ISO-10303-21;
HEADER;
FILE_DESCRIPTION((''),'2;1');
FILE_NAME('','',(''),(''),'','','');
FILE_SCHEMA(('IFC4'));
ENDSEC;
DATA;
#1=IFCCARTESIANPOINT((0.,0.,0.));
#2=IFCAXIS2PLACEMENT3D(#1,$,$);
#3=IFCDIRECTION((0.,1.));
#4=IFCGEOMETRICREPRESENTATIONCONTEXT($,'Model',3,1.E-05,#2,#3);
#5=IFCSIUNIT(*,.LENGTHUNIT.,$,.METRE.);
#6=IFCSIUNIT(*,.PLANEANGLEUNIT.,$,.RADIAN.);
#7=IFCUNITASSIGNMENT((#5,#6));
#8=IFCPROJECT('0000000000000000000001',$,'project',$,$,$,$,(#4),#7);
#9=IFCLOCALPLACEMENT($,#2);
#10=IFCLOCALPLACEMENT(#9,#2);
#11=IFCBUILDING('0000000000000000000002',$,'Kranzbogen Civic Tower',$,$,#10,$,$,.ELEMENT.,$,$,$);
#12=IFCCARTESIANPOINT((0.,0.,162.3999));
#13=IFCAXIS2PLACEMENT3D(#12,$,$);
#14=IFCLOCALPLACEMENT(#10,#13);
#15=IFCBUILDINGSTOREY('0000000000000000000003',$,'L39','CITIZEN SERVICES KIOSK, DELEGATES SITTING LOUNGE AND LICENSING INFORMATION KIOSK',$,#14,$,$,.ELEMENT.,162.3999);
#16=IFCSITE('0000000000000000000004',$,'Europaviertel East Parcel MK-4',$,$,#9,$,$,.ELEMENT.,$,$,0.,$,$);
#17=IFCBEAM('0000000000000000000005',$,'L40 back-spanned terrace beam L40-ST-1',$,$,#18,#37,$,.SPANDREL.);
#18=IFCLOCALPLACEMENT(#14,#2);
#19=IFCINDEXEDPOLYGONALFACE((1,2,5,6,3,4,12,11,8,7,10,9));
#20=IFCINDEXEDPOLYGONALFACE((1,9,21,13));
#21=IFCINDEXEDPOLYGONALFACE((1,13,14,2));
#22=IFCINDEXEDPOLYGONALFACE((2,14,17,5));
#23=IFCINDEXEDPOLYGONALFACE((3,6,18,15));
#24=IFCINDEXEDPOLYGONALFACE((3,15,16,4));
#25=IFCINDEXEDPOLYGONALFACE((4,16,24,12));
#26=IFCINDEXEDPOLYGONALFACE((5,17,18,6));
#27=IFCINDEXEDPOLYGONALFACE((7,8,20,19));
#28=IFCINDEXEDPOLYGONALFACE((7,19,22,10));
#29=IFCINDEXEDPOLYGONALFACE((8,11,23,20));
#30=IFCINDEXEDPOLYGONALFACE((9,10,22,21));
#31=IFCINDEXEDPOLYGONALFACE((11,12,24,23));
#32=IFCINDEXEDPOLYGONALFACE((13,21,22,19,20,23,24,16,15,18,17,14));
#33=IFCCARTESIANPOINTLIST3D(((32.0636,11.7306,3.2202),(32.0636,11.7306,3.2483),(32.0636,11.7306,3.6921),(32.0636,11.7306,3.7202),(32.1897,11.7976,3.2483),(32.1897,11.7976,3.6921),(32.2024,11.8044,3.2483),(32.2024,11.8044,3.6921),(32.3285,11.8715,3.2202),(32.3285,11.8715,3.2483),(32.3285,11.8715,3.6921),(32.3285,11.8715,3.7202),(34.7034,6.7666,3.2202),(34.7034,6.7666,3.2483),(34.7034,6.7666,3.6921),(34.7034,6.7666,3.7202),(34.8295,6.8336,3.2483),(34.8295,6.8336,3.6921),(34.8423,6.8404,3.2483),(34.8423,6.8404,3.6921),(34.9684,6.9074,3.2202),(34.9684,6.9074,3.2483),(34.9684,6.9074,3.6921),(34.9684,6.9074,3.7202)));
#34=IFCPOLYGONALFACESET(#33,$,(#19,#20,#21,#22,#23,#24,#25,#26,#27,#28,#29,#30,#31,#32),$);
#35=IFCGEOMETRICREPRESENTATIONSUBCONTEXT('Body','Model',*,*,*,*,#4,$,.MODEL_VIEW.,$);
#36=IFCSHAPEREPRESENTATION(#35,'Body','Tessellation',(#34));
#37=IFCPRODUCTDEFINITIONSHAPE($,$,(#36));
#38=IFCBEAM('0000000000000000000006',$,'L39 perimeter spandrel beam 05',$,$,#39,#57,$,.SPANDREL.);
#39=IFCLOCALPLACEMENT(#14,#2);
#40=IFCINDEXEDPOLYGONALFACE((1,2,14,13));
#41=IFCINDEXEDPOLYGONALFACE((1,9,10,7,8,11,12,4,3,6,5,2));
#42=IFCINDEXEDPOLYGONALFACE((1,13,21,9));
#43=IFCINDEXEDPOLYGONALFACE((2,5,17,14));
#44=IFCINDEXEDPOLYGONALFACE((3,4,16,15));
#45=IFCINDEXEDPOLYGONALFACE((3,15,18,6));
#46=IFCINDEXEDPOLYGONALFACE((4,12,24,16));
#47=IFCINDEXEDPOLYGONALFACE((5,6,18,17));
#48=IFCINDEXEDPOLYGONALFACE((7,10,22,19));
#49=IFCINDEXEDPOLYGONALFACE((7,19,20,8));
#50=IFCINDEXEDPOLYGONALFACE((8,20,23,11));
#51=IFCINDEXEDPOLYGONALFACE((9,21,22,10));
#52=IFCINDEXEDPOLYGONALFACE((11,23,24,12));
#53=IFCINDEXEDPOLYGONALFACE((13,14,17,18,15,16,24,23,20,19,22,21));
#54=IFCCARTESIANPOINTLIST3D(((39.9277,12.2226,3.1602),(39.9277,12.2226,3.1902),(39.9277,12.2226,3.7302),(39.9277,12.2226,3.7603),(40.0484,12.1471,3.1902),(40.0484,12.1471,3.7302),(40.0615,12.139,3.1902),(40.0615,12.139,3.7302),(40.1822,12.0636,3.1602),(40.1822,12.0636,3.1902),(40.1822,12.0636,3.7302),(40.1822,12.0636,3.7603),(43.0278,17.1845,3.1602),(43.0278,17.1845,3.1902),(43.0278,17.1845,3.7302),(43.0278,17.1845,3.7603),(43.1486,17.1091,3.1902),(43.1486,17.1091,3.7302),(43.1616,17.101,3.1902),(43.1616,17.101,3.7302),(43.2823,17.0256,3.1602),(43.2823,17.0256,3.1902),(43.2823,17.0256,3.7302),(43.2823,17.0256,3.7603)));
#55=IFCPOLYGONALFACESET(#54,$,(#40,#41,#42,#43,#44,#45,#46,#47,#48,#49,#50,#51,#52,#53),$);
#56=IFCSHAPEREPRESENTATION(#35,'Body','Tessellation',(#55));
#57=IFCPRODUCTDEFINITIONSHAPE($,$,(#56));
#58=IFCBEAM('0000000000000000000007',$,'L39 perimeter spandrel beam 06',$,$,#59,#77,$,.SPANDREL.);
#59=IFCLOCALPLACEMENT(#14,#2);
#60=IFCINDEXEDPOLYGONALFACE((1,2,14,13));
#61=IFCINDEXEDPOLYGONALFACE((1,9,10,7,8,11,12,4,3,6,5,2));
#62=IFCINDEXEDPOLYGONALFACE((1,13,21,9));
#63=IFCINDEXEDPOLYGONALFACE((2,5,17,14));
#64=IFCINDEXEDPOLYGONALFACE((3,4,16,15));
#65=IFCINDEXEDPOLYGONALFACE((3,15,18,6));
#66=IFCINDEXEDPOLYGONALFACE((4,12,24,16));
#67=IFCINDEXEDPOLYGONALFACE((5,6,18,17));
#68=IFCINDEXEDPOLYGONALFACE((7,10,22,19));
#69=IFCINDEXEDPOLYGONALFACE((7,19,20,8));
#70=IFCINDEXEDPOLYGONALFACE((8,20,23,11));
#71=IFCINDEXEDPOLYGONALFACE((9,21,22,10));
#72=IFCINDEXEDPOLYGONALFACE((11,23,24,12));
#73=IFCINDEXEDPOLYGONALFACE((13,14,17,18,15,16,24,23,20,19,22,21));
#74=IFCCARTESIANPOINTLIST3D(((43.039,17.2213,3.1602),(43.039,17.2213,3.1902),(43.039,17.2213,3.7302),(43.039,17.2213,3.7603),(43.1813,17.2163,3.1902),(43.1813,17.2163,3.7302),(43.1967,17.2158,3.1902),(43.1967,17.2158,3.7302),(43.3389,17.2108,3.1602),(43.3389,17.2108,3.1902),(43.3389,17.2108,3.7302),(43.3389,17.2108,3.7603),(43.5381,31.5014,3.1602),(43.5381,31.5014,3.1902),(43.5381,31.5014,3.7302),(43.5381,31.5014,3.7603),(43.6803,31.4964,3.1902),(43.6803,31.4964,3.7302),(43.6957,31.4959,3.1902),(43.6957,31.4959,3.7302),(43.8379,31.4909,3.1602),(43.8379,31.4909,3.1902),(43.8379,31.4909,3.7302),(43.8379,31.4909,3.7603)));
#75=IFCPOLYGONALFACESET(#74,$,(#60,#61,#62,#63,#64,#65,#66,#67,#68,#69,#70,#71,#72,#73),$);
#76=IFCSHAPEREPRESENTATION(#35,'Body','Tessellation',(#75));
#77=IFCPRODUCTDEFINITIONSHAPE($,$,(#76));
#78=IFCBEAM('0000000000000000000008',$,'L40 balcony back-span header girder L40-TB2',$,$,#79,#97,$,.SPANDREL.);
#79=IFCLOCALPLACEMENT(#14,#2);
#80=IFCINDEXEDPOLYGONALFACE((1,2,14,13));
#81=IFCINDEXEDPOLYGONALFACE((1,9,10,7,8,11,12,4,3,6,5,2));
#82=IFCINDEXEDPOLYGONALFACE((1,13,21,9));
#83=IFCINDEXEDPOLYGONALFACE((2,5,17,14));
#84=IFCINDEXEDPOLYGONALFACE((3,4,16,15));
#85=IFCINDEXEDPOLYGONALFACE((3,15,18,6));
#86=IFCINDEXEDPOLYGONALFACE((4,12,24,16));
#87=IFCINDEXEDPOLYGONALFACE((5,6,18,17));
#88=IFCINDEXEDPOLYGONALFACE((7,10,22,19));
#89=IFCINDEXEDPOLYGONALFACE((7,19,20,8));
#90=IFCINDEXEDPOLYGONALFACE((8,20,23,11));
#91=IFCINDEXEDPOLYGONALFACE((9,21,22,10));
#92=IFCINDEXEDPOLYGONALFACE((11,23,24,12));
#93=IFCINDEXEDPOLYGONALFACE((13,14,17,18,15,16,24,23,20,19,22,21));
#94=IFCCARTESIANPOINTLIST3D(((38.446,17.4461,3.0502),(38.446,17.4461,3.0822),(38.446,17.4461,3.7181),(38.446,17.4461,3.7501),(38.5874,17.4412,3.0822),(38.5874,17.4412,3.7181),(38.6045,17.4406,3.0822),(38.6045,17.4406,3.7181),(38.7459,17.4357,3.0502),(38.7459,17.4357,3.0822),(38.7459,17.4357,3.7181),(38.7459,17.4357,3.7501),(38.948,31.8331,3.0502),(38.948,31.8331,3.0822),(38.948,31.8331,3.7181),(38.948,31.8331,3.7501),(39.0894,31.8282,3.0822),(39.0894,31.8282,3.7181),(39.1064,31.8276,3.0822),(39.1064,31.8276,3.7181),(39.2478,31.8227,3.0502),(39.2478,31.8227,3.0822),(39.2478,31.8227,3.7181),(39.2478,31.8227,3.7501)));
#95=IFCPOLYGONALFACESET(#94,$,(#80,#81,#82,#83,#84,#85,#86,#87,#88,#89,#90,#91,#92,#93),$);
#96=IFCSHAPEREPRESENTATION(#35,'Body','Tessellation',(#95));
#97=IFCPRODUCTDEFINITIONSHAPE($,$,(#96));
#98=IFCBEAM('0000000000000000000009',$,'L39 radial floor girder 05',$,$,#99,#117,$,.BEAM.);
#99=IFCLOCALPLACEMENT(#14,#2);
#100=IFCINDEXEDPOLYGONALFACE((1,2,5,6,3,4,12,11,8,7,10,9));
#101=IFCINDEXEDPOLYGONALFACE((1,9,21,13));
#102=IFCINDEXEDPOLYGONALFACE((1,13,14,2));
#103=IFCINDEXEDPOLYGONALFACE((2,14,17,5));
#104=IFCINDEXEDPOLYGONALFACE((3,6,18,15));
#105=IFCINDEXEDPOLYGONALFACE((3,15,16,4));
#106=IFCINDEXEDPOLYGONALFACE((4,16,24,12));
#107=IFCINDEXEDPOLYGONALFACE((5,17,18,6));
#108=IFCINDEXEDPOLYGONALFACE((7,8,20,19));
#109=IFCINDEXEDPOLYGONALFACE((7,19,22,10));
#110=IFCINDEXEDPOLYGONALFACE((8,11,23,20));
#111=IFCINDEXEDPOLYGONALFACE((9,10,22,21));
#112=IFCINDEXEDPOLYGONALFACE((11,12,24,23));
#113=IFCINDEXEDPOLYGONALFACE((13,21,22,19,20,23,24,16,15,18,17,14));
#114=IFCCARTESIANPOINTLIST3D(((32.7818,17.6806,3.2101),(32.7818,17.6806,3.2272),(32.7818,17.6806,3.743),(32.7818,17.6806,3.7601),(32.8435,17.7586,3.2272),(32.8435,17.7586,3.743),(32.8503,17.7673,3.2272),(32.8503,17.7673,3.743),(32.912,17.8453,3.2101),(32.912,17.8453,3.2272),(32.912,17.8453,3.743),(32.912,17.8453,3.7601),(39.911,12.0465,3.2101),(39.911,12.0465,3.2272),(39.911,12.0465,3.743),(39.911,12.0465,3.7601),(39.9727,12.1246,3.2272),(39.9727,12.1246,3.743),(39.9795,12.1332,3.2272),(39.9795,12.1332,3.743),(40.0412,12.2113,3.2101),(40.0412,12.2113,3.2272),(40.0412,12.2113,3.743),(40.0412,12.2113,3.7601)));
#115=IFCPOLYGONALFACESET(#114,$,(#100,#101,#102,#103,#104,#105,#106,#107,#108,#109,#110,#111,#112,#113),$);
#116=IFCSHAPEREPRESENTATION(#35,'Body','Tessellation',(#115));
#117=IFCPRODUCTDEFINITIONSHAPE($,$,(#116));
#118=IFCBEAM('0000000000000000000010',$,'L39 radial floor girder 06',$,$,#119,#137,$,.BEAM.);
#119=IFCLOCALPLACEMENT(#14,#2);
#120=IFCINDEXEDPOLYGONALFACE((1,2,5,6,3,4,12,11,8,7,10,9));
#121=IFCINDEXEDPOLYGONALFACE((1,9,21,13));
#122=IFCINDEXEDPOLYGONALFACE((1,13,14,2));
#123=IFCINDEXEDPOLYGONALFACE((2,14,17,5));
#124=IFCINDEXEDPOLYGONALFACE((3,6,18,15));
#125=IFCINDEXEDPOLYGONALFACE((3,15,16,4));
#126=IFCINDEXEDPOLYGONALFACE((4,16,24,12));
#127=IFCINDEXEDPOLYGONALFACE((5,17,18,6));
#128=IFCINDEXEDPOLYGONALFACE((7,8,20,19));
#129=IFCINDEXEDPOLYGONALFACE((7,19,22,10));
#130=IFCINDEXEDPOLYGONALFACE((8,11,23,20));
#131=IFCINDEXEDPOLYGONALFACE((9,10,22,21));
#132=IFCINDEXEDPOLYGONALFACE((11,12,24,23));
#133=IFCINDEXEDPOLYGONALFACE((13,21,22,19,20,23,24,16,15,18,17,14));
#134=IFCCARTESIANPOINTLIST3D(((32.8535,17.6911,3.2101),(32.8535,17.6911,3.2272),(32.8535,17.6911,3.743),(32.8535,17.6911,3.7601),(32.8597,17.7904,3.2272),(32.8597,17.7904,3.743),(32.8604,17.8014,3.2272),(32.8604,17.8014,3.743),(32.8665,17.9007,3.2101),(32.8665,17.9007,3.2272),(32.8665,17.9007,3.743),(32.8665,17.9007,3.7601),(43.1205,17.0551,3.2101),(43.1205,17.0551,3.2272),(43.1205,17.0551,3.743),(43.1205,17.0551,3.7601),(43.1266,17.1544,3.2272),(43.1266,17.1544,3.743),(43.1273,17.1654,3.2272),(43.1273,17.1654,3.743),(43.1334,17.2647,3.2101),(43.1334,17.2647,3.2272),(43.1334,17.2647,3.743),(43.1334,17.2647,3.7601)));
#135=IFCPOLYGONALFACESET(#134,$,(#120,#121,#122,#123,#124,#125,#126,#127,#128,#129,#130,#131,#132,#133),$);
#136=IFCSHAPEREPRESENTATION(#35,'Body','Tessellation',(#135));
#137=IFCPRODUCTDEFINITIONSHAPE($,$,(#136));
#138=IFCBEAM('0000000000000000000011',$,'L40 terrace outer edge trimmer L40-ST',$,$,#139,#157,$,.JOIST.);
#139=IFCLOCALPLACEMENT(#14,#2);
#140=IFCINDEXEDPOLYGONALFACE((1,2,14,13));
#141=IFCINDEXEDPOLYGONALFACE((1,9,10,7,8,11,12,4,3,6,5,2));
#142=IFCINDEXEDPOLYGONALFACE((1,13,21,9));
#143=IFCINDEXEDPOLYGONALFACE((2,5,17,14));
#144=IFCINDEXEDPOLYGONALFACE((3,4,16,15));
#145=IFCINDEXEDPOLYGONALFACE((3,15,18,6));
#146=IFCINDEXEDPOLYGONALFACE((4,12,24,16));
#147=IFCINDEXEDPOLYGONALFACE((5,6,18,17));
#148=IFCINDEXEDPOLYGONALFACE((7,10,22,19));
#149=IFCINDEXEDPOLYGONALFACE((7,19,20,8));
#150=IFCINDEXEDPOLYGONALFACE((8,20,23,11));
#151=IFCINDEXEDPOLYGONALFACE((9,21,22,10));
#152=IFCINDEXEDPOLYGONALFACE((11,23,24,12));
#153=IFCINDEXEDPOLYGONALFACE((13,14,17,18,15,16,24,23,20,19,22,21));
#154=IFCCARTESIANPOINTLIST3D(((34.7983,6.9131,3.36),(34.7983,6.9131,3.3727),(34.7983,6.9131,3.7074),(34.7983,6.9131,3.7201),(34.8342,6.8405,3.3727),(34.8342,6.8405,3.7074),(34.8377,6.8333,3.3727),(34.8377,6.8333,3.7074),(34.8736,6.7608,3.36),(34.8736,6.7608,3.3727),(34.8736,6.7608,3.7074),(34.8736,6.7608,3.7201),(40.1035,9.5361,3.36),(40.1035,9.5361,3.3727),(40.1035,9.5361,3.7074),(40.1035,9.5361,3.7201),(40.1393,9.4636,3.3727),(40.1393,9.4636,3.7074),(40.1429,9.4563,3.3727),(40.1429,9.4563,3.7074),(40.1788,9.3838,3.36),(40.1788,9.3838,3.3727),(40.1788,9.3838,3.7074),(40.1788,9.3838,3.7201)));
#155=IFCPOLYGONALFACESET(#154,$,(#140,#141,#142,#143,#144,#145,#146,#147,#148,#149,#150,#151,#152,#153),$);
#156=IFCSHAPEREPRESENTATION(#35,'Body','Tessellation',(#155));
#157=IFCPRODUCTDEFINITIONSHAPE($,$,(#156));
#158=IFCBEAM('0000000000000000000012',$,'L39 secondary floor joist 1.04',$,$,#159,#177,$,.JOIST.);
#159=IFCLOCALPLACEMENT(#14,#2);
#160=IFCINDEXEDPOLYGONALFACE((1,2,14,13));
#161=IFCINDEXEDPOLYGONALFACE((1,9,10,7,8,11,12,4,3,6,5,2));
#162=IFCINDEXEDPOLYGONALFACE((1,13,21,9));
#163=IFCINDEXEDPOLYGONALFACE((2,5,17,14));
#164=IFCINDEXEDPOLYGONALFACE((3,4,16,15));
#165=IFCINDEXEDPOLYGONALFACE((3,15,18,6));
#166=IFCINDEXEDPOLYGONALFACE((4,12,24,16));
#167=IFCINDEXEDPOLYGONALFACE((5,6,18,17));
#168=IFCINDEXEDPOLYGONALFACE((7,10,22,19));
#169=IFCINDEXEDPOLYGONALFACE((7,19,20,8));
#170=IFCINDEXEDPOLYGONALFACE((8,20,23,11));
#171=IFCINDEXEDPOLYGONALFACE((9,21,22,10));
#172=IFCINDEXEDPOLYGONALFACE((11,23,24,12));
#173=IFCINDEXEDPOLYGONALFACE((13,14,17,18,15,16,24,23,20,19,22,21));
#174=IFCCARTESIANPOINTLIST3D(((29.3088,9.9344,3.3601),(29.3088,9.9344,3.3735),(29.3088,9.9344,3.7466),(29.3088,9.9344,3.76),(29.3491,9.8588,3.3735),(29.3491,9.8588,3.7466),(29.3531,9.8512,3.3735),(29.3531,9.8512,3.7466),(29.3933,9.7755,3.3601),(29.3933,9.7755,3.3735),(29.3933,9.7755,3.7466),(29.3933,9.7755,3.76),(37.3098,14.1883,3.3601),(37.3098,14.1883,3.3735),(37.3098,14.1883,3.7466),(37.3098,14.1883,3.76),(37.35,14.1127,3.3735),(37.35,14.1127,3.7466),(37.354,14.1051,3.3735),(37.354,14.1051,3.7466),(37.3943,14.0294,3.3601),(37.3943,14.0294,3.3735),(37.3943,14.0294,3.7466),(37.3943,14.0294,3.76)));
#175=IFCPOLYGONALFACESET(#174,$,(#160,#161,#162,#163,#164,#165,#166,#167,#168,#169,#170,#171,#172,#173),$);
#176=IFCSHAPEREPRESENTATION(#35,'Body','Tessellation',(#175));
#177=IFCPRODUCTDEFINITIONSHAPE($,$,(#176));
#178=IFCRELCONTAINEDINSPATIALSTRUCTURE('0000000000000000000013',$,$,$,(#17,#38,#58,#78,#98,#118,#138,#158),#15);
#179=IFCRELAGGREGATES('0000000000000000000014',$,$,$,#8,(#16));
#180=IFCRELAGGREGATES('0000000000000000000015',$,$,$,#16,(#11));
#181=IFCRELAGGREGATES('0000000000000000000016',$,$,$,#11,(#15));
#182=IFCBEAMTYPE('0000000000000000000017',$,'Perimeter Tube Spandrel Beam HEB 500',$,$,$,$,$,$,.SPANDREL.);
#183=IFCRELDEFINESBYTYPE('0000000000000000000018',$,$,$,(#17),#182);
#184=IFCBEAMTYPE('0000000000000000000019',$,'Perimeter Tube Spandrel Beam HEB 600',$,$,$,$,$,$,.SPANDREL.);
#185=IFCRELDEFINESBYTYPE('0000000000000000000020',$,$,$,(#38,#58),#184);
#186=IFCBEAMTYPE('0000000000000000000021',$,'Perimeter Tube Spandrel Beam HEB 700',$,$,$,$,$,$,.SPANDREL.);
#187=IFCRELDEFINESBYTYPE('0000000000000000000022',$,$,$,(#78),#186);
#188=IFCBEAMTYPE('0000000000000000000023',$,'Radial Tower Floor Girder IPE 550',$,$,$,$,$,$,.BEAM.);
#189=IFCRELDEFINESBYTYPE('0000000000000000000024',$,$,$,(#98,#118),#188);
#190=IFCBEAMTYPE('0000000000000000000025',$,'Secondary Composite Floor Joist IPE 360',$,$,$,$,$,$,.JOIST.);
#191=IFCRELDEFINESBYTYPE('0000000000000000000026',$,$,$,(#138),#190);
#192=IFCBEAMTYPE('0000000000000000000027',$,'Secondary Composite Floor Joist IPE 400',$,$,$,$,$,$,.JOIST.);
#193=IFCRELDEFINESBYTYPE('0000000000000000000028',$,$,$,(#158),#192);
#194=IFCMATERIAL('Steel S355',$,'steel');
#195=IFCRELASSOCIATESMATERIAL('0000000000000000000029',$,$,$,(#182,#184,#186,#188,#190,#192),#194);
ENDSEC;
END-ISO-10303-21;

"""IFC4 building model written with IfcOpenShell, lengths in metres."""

from ifc_helpers import new_model, si_unit, direction, frame, origin, origin_2d, place, context, subcontext, project, spatial, i_section, extrude, material, material_profile, profile_set, type_object, element, save


model = new_model("IFC4")

# Units and contexts
model_context = context("Model", 3, precision=1e-05, world=origin(), true_north=direction((0.0, 1.0)))
body_context = subcontext(model_context, "Body", "Model", "MODEL_VIEW")
ifc_project = project(units=[si_unit("LENGTHUNIT", "METRE"), si_unit("PLANEANGLEUNIT", "RADIAN")], contexts=[model_context])

# Site, building, storey
site_placement = place(None, origin())
site = spatial("IfcSite", under=ifc_project, at=site_placement, Name="Europaviertel East Parcel MK-4", CompositionType="ELEMENT", RefElevation=0.0)
building_placement = place(site_placement, origin())
building = spatial("IfcBuilding", under=site, at=building_placement, Name="Kranzbogen Civic Tower", CompositionType="ELEMENT")
storey_placement = place(building_placement, frame((0.0, 0.0, 162.3999)))
storey = spatial("IfcBuildingStorey", under=building, at=storey_placement, Name="L39", Description="CITIZEN SERVICES KIOSK, DELEGATES SITTING LOUNGE AND LICENSING INFORMATION KIOSK", CompositionType="ELEMENT", Elevation=162.3999)

# Shared definitions
ifc_material_1 = material(Name="Steel S355", Category="steel")

# Beams
ifc_material_profile_1 = material_profile(ifc_material_1, i_section(OverallWidth=0.3, OverallDepth=0.5, WebThickness=0.0144, FlangeThickness=0.0281, at=origin_2d()), Name="HEB 500")
ifc_profile_set_1 = profile_set([ifc_material_profile_1], Name="Steel S355")
beam_type_1 = type_object("IfcBeamType", Name="Perimeter Tube Spandrel Beam HEB 500", PredefinedType="SPANDREL", material=ifc_profile_set_1)
beam_1_placement = place(storey_placement, frame((32.196, 11.801, 3.4702), z_axis=(0.469531, -0.882916, 0.0), x_axis=(0.882916, 0.469531, 0.0)))
element("IfcBeam", 1, at=beam_1_placement, inside=storey, type_object=beam_type_1, Name="L40 back-spanned terrace beam L40-ST-1", PredefinedType="SPANDREL", context=body_context, shape_type="SweptSolid", body=[
    extrude(i_section(OverallWidth=0.3, OverallDepth=0.5, WebThickness=0.0144, FlangeThickness=0.0281, at=origin_2d()), origin(), (0.0, 0.0, 1.0), 5.6223),
])
ifc_material_profile_2 = material_profile(ifc_material_1, i_section(OverallWidth=0.3, OverallDepth=0.6001, WebThickness=0.0154, FlangeThickness=0.03, at=origin_2d()), Name="HEB 600")
ifc_profile_set_2 = profile_set([ifc_material_profile_2], Name="Steel S355")
beam_type_2 = type_object("IfcBeamType", Name="Perimeter Tube Spandrel Beam HEB 600", PredefinedType="SPANDREL", material=ifc_profile_set_2)
beam_2_placement = place(storey_placement, frame((40.0549, 12.1431, 3.4602), z_axis=(0.529864, 0.848083, 0.0), x_axis=(-0.848083, 0.529864, 0.0)))
element("IfcBeam", 2, at=beam_2_placement, inside=storey, type_object=beam_type_2, Name="L39 perimeter spandrel beam 05", PredefinedType="SPANDREL", context=body_context, shape_type="SweptSolid", body=[
    extrude(i_section(OverallWidth=0.3, OverallDepth=0.6001, WebThickness=0.0154, FlangeThickness=0.03, at=origin_2d()), origin(), (0.0, 0.0, 1.0), 5.8508),
])
beam_3_placement = place(storey_placement, frame((43.189, 17.2161, 3.4602), z_axis=(0.034924, 0.99939, 0.0), x_axis=(-0.99939, 0.034924, 0.0)))
element("IfcBeam", 3, at=beam_3_placement, inside=storey, type_object=beam_type_2, Name="L39 perimeter spandrel beam 06", PredefinedType="SPANDREL", context=body_context, shape_type="SweptSolid", body=[
    extrude(i_section(OverallWidth=0.3, OverallDepth=0.6001, WebThickness=0.0154, FlangeThickness=0.03, at=origin_2d()), origin(), (0.0, 0.0, 1.0), 14.2888),
])
ifc_material_profile_3 = material_profile(ifc_material_1, i_section(OverallWidth=0.3, OverallDepth=0.7, WebThickness=0.0171, FlangeThickness=0.032, at=origin_2d()), Name="HEB 700")
ifc_profile_set_3 = profile_set([ifc_material_profile_3], Name="Steel S355")
beam_type_3 = type_object("IfcBeamType", Name="Perimeter Tube Spandrel Beam HEB 700", PredefinedType="SPANDREL", material=ifc_profile_set_3)
beam_4_placement = place(storey_placement, frame((38.5959, 17.4409, 3.4001), z_axis=(0.034868, 0.999392, 0.0), x_axis=(-0.999392, 0.034868, 0.0)))
element("IfcBeam", 4, at=beam_4_placement, inside=storey, type_object=beam_type_3, Name="L40 balcony back-span header girder L40-TB2", PredefinedType="SPANDREL", context=body_context, shape_type="SweptSolid", body=[
    extrude(i_section(OverallWidth=0.3, OverallDepth=0.7, WebThickness=0.0171, FlangeThickness=0.032, at=origin_2d()), origin(), (0.0, 0.0, 1.0), 14.3958),
])
ifc_material_profile_4 = material_profile(ifc_material_1, i_section(OverallWidth=0.21, OverallDepth=0.55, WebThickness=0.011, FlangeThickness=0.0171, at=origin_2d()), Name="IPE 550")
ifc_profile_set_4 = profile_set([ifc_material_profile_4], Name="Steel S355")
beam_type_4 = type_object("IfcBeamType", Name="Radial Tower Floor Girder IPE 550", PredefinedType="BEAM", material=ifc_profile_set_4)
beam_5_placement = place(storey_placement, frame((39.9761, 12.1289, 3.4851), z_axis=(-0.784575, 0.620034, 0.0), x_axis=(-0.620034, -0.784575, 0.0)))
element("IfcBeam", 5, at=beam_5_placement, inside=storey, type_object=beam_type_4, Name="L39 radial floor girder 05", PredefinedType="BEAM", context=body_context, shape_type="SweptSolid", body=[
    extrude(i_section(OverallWidth=0.21, OverallDepth=0.55, WebThickness=0.011, FlangeThickness=0.0171, at=origin_2d()), origin(), (0.0, 0.0, 1.0), 9.0867),
])
beam_6_placement = place(storey_placement, frame((43.127, 17.1599, 3.4851), z_axis=(-0.998087, 0.061827, 0.0), x_axis=(-0.061827, -0.998087, 0.0)))
element("IfcBeam", 6, at=beam_6_placement, inside=storey, type_object=beam_type_4, Name="L39 radial floor girder 06", PredefinedType="BEAM", context=body_context, shape_type="SweptSolid", body=[
    extrude(i_section(OverallWidth=0.21, OverallDepth=0.55, WebThickness=0.011, FlangeThickness=0.0171, at=origin_2d()), origin(), (0.0, 0.0, 1.0), 10.2866),
])
ifc_material_profile_5 = material_profile(ifc_material_1, i_section(OverallWidth=0.1699, OverallDepth=0.3601, WebThickness=0.0081, FlangeThickness=0.0127, at=origin_2d()), Name="IPE 360")
ifc_profile_set_5 = profile_set([ifc_material_profile_5], Name="Steel S355")
beam_type_5 = type_object("IfcBeamType", Name="Secondary Composite Floor Joist IPE 360", PredefinedType="JOIST", material=ifc_profile_set_5)
beam_7_placement = place(storey_placement, frame((34.8359, 6.8369, 3.54), z_axis=(0.896415, 0.443216, 0.0), x_axis=(-0.443216, 0.896415, 0.0)))
element("IfcBeam", 7, at=beam_7_placement, inside=storey, type_object=beam_type_5, Name="L40 terrace outer edge trimmer L40-ST", PredefinedType="JOIST", context=body_context, shape_type="SweptSolid", body=[
    extrude(i_section(OverallWidth=0.1699, OverallDepth=0.3601, WebThickness=0.0081, FlangeThickness=0.0127, at=origin_2d()), origin(), (0.0, 0.0, 1.0), 5.9182),
])
ifc_material_profile_6 = material_profile(ifc_material_1, i_section(OverallWidth=0.1799, OverallDepth=0.3999, WebThickness=0.0085, FlangeThickness=0.0134, at=origin_2d()), Name="IPE 400")
ifc_profile_set_6 = profile_set([ifc_material_profile_6], Name="Steel S355")
beam_type_6 = type_object("IfcBeamType", Name="Secondary Composite Floor Joist IPE 400", PredefinedType="JOIST", material=ifc_profile_set_6)
beam_8_placement = place(storey_placement, frame((29.3511, 9.855, 3.5601), z_axis=(0.882961, 0.469447, 0.0), x_axis=(-0.469447, 0.882961, 0.0)))
element("IfcBeam", 8, at=beam_8_placement, inside=storey, type_object=beam_type_6, Name="L39 secondary floor joist 1.04", PredefinedType="JOIST", context=body_context, shape_type="SweptSolid", body=[
    extrude(i_section(OverallWidth=0.1799, OverallDepth=0.3999, WebThickness=0.0085, FlangeThickness=0.0134, at=origin_2d()), origin(), (0.0, 0.0, 1.0), 9.0615),
])

save(model, "model.ifc")
